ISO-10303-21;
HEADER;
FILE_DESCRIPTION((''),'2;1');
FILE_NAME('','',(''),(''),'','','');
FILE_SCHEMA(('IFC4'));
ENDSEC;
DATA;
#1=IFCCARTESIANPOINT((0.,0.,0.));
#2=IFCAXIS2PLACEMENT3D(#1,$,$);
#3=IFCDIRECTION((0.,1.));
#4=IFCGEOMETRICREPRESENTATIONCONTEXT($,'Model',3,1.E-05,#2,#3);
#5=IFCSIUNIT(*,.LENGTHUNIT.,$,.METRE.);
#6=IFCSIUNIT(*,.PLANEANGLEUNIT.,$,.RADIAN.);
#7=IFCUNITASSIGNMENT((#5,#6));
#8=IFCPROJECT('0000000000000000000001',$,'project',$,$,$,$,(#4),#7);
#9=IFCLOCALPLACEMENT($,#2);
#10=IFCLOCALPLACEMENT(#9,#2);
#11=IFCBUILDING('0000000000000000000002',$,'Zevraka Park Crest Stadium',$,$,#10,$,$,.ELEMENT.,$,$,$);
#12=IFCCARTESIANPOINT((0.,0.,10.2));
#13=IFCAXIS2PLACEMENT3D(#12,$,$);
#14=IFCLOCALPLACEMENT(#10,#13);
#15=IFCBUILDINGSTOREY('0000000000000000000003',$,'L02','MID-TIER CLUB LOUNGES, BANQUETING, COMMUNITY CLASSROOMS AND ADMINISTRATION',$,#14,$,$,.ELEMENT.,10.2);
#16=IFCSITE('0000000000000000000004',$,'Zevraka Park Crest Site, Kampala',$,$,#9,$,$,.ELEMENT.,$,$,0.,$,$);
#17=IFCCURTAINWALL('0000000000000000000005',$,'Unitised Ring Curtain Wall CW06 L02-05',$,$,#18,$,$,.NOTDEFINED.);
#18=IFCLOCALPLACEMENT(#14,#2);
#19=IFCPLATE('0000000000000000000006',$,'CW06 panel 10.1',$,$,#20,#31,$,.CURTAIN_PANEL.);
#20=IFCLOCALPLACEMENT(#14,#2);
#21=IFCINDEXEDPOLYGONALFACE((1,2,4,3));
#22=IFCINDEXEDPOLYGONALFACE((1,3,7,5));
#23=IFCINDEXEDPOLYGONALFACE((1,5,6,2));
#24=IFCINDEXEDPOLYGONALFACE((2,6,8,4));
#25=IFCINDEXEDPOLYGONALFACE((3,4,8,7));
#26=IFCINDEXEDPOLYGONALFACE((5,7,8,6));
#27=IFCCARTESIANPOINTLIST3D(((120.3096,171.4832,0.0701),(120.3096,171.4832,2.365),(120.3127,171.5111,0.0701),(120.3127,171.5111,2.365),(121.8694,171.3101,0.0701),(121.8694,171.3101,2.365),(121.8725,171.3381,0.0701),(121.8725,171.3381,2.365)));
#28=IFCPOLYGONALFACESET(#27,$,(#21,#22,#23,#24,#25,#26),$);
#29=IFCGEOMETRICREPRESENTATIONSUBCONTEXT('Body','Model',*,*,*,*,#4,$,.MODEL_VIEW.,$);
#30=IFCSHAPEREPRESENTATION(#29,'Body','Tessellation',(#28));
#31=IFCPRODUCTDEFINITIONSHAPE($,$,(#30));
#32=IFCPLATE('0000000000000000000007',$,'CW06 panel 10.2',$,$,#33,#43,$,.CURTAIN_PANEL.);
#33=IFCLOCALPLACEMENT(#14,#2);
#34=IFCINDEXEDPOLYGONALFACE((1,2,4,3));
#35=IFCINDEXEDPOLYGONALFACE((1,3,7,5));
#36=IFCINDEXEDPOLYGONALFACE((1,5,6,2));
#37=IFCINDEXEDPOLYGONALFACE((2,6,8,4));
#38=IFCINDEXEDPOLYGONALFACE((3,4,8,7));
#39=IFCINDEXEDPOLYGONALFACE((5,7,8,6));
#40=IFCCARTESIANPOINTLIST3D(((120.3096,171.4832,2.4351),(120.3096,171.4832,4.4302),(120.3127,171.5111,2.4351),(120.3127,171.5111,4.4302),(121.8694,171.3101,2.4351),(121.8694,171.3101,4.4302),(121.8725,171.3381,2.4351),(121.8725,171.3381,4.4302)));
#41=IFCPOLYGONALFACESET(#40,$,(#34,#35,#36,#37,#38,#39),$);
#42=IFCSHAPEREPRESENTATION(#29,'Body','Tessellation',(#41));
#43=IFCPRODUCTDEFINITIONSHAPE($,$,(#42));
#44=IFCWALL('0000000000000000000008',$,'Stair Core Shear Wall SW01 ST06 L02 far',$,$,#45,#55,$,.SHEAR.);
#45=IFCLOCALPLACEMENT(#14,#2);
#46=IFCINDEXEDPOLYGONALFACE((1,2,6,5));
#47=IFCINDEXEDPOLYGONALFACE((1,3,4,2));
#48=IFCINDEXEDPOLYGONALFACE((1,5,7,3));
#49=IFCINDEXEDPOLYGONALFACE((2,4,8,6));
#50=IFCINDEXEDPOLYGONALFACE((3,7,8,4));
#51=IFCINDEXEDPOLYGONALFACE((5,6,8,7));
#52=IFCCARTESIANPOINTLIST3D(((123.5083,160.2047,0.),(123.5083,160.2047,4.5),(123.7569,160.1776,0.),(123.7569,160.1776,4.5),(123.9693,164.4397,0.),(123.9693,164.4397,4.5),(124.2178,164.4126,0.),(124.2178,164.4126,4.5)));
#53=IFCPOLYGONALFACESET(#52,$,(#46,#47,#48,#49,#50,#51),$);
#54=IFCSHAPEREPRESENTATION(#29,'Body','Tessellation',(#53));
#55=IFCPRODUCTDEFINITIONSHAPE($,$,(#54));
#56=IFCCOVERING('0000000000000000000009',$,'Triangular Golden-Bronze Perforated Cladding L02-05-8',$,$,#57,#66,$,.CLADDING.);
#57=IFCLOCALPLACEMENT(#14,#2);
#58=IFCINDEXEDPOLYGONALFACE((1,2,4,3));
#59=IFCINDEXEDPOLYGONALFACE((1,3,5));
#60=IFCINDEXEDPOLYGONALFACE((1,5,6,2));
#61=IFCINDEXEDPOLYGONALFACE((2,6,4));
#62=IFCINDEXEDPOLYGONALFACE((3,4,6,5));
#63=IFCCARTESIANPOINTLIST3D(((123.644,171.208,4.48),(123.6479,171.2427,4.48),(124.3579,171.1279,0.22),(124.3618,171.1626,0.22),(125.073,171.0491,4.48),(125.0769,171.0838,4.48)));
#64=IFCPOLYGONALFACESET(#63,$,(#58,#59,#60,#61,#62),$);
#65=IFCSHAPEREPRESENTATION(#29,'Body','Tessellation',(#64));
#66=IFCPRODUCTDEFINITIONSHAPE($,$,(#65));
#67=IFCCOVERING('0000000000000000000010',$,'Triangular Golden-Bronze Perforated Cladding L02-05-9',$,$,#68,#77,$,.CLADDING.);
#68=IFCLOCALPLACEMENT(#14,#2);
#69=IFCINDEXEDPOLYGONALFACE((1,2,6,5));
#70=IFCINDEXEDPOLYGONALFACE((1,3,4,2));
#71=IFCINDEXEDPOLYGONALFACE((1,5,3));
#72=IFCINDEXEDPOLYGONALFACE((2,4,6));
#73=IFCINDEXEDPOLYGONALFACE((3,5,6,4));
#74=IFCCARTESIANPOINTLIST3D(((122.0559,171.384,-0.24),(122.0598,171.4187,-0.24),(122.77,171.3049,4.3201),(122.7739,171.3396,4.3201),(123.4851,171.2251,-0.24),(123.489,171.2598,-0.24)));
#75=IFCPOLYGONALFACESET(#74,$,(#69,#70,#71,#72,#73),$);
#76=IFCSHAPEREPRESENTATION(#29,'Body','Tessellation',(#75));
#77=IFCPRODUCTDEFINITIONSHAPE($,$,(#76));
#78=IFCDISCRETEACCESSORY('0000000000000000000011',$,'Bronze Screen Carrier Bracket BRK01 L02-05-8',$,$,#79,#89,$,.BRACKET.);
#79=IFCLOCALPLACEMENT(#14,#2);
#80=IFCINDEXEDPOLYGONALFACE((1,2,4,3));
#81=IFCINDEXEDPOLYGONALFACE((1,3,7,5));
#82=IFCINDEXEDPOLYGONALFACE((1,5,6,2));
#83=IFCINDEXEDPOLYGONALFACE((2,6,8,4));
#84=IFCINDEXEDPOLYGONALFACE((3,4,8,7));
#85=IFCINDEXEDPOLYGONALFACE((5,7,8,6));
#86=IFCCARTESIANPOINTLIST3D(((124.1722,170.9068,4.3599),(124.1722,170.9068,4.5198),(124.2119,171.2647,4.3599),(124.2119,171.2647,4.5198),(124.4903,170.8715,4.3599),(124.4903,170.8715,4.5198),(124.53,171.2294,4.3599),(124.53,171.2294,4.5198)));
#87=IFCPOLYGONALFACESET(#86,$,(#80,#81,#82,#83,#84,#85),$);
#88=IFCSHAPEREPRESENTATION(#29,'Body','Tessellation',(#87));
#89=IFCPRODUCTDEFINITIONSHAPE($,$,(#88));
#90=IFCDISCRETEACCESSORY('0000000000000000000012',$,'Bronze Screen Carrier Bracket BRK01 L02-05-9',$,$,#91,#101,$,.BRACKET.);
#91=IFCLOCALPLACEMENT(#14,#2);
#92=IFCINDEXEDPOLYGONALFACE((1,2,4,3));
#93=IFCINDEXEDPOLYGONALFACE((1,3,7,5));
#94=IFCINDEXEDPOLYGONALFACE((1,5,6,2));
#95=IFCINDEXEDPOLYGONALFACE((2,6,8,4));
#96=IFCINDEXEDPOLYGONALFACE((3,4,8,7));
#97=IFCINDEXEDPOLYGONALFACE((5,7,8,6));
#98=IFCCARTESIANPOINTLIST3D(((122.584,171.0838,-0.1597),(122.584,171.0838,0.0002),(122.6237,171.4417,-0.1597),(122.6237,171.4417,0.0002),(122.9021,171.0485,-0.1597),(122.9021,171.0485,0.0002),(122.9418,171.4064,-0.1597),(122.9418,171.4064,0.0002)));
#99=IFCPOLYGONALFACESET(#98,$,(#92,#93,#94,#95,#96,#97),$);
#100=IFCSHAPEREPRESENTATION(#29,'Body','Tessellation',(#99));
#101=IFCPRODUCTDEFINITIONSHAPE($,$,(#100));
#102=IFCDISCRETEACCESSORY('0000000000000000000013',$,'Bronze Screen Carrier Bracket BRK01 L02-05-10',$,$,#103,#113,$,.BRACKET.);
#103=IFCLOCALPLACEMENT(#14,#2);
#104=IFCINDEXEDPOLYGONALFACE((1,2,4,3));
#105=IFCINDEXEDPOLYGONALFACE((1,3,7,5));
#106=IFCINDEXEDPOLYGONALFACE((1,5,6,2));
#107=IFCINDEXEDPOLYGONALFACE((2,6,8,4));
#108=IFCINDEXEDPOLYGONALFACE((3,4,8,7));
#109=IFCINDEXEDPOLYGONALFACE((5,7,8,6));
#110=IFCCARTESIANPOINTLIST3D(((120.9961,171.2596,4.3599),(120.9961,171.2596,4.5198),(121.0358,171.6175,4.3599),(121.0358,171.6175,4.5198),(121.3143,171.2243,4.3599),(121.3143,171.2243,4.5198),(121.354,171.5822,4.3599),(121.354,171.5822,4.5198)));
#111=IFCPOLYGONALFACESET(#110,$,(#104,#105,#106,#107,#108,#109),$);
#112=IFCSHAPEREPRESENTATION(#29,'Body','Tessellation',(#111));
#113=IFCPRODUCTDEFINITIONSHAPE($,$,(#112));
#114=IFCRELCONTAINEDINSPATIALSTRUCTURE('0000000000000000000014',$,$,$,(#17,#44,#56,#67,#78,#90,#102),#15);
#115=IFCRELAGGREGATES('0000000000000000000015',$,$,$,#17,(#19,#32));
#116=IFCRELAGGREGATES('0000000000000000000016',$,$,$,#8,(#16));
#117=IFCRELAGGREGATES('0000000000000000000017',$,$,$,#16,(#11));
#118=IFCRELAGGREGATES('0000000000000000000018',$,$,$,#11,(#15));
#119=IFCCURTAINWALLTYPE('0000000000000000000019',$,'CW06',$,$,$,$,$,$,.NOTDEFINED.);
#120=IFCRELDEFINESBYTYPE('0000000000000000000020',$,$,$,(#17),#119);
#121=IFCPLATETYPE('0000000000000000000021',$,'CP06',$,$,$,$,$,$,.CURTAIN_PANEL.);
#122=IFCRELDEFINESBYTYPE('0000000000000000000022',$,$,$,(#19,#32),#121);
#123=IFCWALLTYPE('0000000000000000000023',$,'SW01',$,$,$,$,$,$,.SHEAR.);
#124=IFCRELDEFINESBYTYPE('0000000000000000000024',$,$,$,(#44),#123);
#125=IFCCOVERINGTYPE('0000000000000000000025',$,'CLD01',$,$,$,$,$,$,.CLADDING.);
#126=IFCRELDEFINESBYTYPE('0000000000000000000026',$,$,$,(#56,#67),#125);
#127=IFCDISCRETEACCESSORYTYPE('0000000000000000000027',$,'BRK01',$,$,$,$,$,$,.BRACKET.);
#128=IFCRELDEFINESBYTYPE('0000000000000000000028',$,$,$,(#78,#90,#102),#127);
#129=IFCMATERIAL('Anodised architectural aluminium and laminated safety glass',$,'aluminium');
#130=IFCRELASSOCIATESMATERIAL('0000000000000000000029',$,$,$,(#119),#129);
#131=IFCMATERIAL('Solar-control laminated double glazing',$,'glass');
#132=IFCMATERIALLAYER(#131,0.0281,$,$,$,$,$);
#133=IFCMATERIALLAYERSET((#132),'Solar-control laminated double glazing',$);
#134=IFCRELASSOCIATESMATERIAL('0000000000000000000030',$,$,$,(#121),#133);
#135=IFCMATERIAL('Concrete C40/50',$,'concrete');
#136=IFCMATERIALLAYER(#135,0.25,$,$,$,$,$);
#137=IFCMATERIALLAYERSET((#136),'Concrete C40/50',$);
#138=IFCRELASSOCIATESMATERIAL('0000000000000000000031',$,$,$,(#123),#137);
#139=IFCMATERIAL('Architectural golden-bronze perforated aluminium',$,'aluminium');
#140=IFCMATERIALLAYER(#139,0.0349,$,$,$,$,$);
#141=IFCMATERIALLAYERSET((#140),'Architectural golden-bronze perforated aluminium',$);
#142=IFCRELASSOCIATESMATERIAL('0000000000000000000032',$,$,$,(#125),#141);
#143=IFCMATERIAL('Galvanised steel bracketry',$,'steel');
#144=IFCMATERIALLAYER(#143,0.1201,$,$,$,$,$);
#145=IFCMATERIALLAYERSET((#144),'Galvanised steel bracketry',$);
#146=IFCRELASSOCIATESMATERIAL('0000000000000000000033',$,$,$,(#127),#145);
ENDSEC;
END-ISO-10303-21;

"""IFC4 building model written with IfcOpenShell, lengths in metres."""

from ifc_helpers import new_model, si_unit, direction, frame, frame_2d, origin, origin_2d, place, context, subcontext, project, spatial, polyline, rectangle, outline, extrude, material, layer, layer_set, type_object, element, aggregate, save


model = new_model("IFC4")

# Units and contexts
model_context = context("Model", 3, precision=1e-05, world=origin(), true_north=direction((0.0, 1.0)))
body_context = subcontext(model_context, "Body", "Model", "MODEL_VIEW")
ifc_project = project(units=[si_unit("LENGTHUNIT", "METRE"), si_unit("PLANEANGLEUNIT", "RADIAN")], contexts=[model_context])

# Site, building, storey
site_placement = place(None, origin())
site = spatial("IfcSite", under=ifc_project, at=site_placement, Name="Zevraka Park Crest Site, Kampala", CompositionType="ELEMENT", RefElevation=0.0)
building_placement = place(site_placement, origin())
building = spatial("IfcBuilding", under=site, at=building_placement, Name="Zevraka Park Crest Stadium", CompositionType="ELEMENT")
storey_placement = place(building_placement, frame((0.0, 0.0, 10.2)))
storey = spatial("IfcBuildingStorey", under=building, at=storey_placement, Name="L02", Description="MID-TIER CLUB LOUNGES, BANQUETING, COMMUNITY CLASSROOMS AND ADMINISTRATION", CompositionType="ELEMENT", Elevation=10.2)

# Curtain wall
ifc_material_1 = material(Name="Anodised architectural aluminium and laminated safety glass", Category="aluminium")
curtain_wall_type = type_object("IfcCurtainWallType", Name="CW06", PredefinedType="NOTDEFINED", material=ifc_material_1)
curtain_wall_placement = place(storey_placement, origin())
curtain_wall = element("IfcCurtainWall", 1, at=curtain_wall_placement, inside=storey, type_object=curtain_wall_type, Name="Unitised Ring Curtain Wall CW06 L02-05", PredefinedType="NOTDEFINED")

# Plates
ifc_material_2 = material(Name="Solar-control laminated double glazing", Category="glass")
ifc_layer_1 = layer(ifc_material_2, 0.0281)
ifc_layer_set_1 = layer_set([ifc_layer_1], Name="Solar-control laminated double glazing")
plate_type = type_object("IfcPlateType", Name="CP06", PredefinedType="CURTAIN_PANEL", material=ifc_layer_set_1)
plate_1_placement = place(storey_placement, frame((121.0911, 171.4106, 0.0701), z_axis=(0.0, 0.0, 1.0), x_axis=(-0.993899, 0.110293, 0.0)))
plate_1 = element("IfcPlate", 2, at=plate_1_placement, type_object=plate_type, Name="CW06 panel 10.1", PredefinedType="CURTAIN_PANEL", context=body_context, shape_type="SweptSolid", body=[
    extrude(rectangle(XDim=1.5693, YDim=0.0281, at=origin_2d()), origin(), (0.0, 0.0, 1.0), 2.2949),
])
plate_2_placement = place(storey_placement, frame((121.0911, 171.4106, 2.4351), z_axis=(0.0, 0.0, 1.0), x_axis=(-0.993899, 0.110293, 0.0)))
plate_2 = element("IfcPlate", 3, at=plate_2_placement, type_object=plate_type, Name="CW06 panel 10.2", PredefinedType="CURTAIN_PANEL", context=body_context, shape_type="SweptSolid", body=[
    extrude(rectangle(XDim=1.5693, YDim=0.0281, at=origin_2d()), origin(), (0.0, 0.0, 1.0), 1.9951),
])
aggregate(curtain_wall, [plate_1, plate_2])

# Wall
ifc_material_3 = material(Name="Concrete C40/50", Category="concrete")
ifc_layer_2 = layer(ifc_material_3, 0.25)
ifc_layer_set_2 = layer_set([ifc_layer_2], Name="Concrete C40/50")
wall_type = type_object("IfcWallType", Name="SW01", PredefinedType="SHEAR", material=ifc_layer_set_2)
wall_placement = place(storey_placement, frame((124.0935, 164.426, 0.0), z_axis=(0.0, 0.0, 1.0), x_axis=(-0.108198, -0.994129, 0.0)))
element("IfcWall", 4, at=wall_placement, inside=storey, type_object=wall_type, Name="Stair Core Shear Wall SW01 ST06 L02 far", PredefinedType="SHEAR", context=body_context, shape_type="SweptSolid", body=[
    extrude(rectangle(XDim=4.26, YDim=0.25, at=frame_2d((2.1299, 0.0))), origin(), (0.0, 0.0, 1.0), 4.5),
])

# Coverings
ifc_material_4 = material(Name="Architectural golden-bronze perforated aluminium", Category="aluminium")
ifc_layer_3 = layer(ifc_material_4, 0.0349)
ifc_layer_set_3 = layer_set([ifc_layer_3], Name="Architectural golden-bronze perforated aluminium")
covering_type = type_object("IfcCoveringType", Name="CLD01", PredefinedType="CLADDING", material=ifc_layer_set_3)
covering_1_placement = place(storey_placement, frame((123.644, 171.208, 4.48), z_axis=(-0.110543, -0.993871, 0.000158), x_axis=(0.993871, -0.110543, 0.0)))
element("IfcCovering", 5, at=covering_1_placement, inside=storey, type_object=covering_type, Name="Triangular Golden-Bronze Perforated Cladding L02-05-8", PredefinedType="CLADDING", context=body_context, shape_type="SweptSolid", body=[
    extrude(outline(polyline([(0.0, 0.0), (1.4378, 0.0), (0.7183, -4.26), (0.0, 0.0)])), origin(), (0.0, 0.0, -1.0), 0.0349),
])
covering_2_placement = place(storey_placement, frame((123.4851, 171.2251, -0.24), z_axis=(-0.110525, -0.993873, 0.000068), x_axis=(-0.993873, 0.110525, 0.0)))
element("IfcCovering", 6, at=covering_2_placement, inside=storey, type_object=covering_type, Name="Triangular Golden-Bronze Perforated Cladding L02-05-9", PredefinedType="CLADDING", context=body_context, shape_type="SweptSolid", body=[
    extrude(outline(polyline([(0.0, 0.0), (1.438, 0.0), (0.7195, -4.5601), (0.0, 0.0)])), origin(), (0.0, 0.0, -1.0), 0.0349),
])

# Discrete accessories
ifc_material_5 = material(Name="Galvanised steel bracketry", Category="steel")
ifc_layer_4 = layer(ifc_material_5, 0.1201)
ifc_layer_set_4 = layer_set([ifc_layer_4], Name="Galvanised steel bracketry")
discrete_accessory_type = type_object("IfcDiscreteAccessoryType", Name="BRK01", PredefinedType="BRACKET", material=ifc_layer_set_4)
for number, where, z_axis, x_axis, name in (
    (7, (124.3511, 171.0681, 4.3599), (0.0, 0.0, 1.0), (-0.993903, 0.110255, 0.0), "Bronze Screen Carrier Bracket BRK01 L02-05-8"),
    (8, (122.7629, 171.2451, -0.1597), (0.0, 0.0, 1.0), (-0.993903, 0.110255, 0.0), "Bronze Screen Carrier Bracket BRK01 L02-05-9"),
    (9, (121.175, 171.4209, 4.3599), (0.0, 0.0, 1.0), (-0.993903, 0.110255, 0.0), "Bronze Screen Carrier Bracket BRK01 L02-05-10"),
):
    element("IfcDiscreteAccessory", number, at=place(storey_placement, frame(where, z_axis=z_axis, x_axis=x_axis)), inside=storey, type_object=discrete_accessory_type, Name=name, PredefinedType="BRACKET", context=body_context, shape_type="SweptSolid", body=[
        extrude(rectangle(XDim=0.3201, YDim=0.3601, at=origin_2d()), origin(), (0.0, 0.0, 1.0), 0.1599),
    ])

save(model, "model.ifc")
